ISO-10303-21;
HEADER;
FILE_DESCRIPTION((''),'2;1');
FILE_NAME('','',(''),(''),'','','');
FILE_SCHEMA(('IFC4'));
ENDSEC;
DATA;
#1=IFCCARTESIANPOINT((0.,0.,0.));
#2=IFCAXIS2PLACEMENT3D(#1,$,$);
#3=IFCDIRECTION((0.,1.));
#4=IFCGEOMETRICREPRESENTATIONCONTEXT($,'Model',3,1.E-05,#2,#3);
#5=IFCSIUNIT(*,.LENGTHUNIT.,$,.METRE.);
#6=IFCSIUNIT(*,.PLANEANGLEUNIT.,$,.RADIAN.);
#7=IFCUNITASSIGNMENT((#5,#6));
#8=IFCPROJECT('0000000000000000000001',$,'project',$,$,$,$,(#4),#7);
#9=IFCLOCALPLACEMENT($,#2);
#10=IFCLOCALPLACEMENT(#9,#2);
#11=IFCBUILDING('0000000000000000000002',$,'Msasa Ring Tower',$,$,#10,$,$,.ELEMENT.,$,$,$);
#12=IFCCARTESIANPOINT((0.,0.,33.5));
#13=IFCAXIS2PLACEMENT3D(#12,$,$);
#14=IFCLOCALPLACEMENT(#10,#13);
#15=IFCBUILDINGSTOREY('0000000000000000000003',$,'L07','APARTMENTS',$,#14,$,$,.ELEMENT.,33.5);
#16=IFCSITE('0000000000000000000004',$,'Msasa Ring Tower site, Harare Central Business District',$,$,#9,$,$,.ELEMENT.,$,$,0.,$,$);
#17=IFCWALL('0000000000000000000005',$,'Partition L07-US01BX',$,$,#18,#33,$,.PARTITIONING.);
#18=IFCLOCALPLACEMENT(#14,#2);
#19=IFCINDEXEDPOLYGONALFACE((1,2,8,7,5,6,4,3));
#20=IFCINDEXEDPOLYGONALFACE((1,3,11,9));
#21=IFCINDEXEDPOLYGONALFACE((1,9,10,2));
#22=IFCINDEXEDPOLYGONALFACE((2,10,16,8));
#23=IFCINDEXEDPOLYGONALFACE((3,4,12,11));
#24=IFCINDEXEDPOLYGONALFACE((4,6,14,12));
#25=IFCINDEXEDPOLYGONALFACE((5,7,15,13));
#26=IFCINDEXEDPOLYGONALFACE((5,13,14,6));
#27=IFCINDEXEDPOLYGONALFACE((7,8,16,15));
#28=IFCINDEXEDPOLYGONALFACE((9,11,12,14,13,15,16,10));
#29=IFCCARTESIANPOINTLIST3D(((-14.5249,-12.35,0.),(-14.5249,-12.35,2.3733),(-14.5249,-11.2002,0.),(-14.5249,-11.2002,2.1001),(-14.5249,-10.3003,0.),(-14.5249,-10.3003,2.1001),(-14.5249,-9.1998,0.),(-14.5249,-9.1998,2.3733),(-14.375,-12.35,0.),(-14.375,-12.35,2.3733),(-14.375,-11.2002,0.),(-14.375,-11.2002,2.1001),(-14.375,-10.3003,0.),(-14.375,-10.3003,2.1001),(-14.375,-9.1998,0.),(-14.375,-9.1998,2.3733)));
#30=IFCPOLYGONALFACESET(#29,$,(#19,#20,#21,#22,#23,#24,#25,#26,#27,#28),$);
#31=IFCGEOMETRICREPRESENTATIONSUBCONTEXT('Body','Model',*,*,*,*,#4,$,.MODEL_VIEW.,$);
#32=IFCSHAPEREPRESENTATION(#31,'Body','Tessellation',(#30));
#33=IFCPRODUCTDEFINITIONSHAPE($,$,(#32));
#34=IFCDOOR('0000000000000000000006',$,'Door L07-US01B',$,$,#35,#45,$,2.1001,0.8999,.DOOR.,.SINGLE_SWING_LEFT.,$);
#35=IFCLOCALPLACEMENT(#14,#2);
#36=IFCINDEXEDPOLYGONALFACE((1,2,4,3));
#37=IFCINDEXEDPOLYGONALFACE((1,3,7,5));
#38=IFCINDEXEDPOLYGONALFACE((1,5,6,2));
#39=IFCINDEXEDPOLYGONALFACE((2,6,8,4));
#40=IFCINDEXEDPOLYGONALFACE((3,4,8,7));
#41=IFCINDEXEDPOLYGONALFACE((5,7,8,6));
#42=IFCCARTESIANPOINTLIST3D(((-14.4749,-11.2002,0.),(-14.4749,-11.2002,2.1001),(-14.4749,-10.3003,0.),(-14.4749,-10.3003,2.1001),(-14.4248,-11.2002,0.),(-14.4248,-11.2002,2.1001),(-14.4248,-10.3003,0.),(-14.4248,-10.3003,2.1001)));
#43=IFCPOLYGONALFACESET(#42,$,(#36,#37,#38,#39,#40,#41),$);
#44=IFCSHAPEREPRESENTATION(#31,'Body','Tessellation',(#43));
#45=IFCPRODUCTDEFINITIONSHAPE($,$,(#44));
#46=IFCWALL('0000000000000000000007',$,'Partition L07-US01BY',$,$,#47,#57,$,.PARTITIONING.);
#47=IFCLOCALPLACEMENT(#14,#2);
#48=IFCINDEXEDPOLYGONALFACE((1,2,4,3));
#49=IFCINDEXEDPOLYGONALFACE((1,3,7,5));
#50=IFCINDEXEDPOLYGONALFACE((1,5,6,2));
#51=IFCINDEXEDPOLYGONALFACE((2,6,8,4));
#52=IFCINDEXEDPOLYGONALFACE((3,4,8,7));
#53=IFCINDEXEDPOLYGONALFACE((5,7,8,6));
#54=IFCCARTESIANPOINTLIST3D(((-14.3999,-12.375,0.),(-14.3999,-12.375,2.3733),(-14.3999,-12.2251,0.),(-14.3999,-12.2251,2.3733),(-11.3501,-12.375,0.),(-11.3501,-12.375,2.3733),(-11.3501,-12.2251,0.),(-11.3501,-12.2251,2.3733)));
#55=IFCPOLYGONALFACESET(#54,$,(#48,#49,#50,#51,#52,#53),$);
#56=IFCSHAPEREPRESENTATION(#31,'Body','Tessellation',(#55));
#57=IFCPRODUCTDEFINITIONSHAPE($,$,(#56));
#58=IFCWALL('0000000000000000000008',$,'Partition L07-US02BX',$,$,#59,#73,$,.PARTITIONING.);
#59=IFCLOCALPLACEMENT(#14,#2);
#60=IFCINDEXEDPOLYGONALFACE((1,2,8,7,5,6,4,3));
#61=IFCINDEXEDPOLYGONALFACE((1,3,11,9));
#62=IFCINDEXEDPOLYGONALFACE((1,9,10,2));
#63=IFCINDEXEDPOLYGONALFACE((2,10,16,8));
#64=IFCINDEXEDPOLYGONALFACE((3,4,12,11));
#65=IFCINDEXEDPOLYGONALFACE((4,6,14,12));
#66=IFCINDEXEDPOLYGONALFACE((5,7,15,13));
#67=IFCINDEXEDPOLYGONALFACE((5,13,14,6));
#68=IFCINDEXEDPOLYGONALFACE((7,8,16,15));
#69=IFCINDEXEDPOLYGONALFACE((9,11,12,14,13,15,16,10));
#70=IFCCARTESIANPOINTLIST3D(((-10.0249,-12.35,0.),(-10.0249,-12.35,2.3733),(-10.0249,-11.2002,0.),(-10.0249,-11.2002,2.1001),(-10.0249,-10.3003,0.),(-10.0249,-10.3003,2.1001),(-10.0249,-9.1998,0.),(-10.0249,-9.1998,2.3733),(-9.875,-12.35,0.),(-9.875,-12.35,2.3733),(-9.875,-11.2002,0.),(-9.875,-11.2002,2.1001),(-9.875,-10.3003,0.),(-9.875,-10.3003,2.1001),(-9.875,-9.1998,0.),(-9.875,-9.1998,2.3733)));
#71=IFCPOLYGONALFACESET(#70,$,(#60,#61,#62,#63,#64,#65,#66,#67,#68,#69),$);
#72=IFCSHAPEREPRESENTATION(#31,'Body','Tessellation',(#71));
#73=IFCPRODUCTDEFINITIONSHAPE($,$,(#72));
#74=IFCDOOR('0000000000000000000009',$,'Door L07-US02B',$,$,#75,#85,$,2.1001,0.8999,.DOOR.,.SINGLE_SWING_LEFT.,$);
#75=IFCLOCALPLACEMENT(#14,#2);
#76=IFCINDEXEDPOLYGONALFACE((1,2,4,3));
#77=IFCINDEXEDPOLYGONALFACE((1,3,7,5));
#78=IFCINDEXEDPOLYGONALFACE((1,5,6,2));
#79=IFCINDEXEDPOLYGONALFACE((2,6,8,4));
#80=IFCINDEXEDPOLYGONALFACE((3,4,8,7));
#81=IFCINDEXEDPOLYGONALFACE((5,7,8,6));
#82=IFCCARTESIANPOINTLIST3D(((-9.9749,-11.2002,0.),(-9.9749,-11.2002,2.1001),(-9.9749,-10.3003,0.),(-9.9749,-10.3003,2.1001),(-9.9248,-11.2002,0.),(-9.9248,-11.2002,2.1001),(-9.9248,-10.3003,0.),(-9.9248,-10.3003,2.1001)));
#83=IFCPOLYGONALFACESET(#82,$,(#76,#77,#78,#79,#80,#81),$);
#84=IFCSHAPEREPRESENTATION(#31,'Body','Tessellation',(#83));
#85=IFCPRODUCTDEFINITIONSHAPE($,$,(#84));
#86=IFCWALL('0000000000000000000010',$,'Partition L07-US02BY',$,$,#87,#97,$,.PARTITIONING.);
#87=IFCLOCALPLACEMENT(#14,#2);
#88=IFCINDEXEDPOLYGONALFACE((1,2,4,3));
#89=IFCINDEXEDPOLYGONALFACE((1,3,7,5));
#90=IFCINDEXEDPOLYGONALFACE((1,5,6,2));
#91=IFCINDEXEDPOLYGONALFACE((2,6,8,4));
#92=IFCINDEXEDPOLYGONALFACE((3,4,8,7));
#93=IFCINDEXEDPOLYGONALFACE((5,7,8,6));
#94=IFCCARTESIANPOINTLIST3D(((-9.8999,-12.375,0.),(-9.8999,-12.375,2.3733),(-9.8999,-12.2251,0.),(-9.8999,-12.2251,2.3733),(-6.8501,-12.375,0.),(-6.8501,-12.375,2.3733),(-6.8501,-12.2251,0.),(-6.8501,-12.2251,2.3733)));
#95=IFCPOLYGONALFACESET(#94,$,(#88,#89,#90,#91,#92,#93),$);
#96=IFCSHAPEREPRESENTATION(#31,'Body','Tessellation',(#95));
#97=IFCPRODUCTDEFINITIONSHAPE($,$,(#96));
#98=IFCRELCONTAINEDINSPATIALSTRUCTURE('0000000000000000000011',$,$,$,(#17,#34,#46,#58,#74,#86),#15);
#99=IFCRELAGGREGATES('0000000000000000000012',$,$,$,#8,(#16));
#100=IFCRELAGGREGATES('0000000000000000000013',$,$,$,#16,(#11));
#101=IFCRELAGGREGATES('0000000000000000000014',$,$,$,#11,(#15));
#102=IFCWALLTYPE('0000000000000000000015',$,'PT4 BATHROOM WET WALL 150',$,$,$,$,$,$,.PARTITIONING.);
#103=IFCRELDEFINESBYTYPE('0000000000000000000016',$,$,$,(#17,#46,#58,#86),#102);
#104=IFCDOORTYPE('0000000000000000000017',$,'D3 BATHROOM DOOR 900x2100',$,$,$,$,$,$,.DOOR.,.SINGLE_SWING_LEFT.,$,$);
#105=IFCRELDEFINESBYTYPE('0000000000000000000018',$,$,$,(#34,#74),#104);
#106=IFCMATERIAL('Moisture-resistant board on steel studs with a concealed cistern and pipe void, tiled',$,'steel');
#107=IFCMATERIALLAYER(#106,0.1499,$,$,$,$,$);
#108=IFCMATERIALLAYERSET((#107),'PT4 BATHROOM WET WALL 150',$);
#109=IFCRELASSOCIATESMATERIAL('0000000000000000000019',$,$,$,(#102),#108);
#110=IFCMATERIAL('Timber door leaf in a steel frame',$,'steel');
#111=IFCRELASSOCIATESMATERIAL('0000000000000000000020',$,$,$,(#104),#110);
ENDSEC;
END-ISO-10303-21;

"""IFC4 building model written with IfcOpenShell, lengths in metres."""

from ifc_helpers import new_model, si_unit, direction, frame, frame_2d, origin, place, context, subcontext, project, spatial, rectangle, extrude, material, layer, layer_set, type_object, element, fill, save


model = new_model("IFC4")

# Units and contexts
model_context = context("Model", 3, precision=1e-05, world=origin(), true_north=direction((0.0, 1.0)))
body_context = subcontext(model_context, "Body", "Model", "MODEL_VIEW")
ifc_project = project(units=[si_unit("LENGTHUNIT", "METRE"), si_unit("PLANEANGLEUNIT", "RADIAN")], contexts=[model_context])

# Site, building, storey
site_placement = place(None, origin())
site = spatial("IfcSite", under=ifc_project, at=site_placement, Name="Msasa Ring Tower site, Harare Central Business District", CompositionType="ELEMENT", RefElevation=0.0)
building_placement = place(site_placement, origin())
building = spatial("IfcBuilding", under=site, at=building_placement, Name="Msasa Ring Tower", CompositionType="ELEMENT")
storey_placement = place(building_placement, frame((0.0, 0.0, 33.5)))
storey = spatial("IfcBuildingStorey", under=building, at=storey_placement, Name="L07", Description="APARTMENTS", CompositionType="ELEMENT", Elevation=33.5)

# Wall, opening, door
ifc_material_1 = material(Name="Moisture-resistant board on steel studs with a concealed cistern and pipe void, tiled", Category="steel")
ifc_layer_1 = layer(ifc_material_1, 0.1499)
ifc_layer_set_1 = layer_set([ifc_layer_1], Name="PT4 BATHROOM WET WALL 150")
wall_type_1 = type_object("IfcWallType", Name="PT4 BATHROOM WET WALL 150", PredefinedType="PARTITIONING", material=ifc_layer_set_1)
wall_1_placement = place(storey_placement, frame((-14.45, -12.3501, 0.0), z_axis=(0.0, 0.0, 1.0), x_axis=(0.0, 1.0, 0.0)))
wall_1 = element("IfcWall", 1, at=wall_1_placement, inside=storey, type_object=wall_type_1, Name="Partition L07-US01BX", PredefinedType="PARTITIONING", context=body_context, shape_type="SweptSolid", body=[
    extrude(rectangle(XDim=3.1501, YDim=0.1499, at=frame_2d((1.5752, 0.0))), origin(), (0.0, 0.0, 1.0), 2.3733),
])
opening_1_placement = place(wall_1_placement, frame((1.1499, 0.0, 0.0)))
opening_1 = element("IfcOpeningElement", 2, at=opening_1_placement, cuts=wall_1, PredefinedType="OPENING", context=body_context, shape_type="SweptSolid", body=[
    extrude(rectangle(XDim=0.8999, YDim=2.1001, at=frame_2d((0.45, 1.05))), frame((0.0, 0.085, 0.0), z_axis=(0.0, -1.0, 0.0), x_axis=(1.0, 0.0, 0.0)), (0.0, 0.0, 1.0), 0.1699),
])
ifc_material_2 = material(Name="Timber door leaf in a steel frame", Category="steel")
door_type_1 = type_object("IfcDoorType", Name="D3 BATHROOM DOOR 900x2100", OperationType="SINGLE_SWING_LEFT", PredefinedType="DOOR", material=ifc_material_2)
door_1_placement = place(opening_1_placement, origin())
door_1 = element("IfcDoor", 3, at=door_1_placement, inside=storey, type_object=door_type_1, Name="Door L07-US01B", OperationType="SINGLE_SWING_LEFT", OverallHeight=2.1001, OverallWidth=0.8999, PredefinedType="DOOR", context=body_context, shape_type="SweptSolid", body=[
    extrude(rectangle(XDim=0.8999, YDim=2.1001, at=frame_2d((0.45, 1.05))), frame((0.0, 0.0249, 0.0), z_axis=(0.0, -1.0, 0.0), x_axis=(1.0, 0.0, 0.0)), (0.0, 0.0, 1.0), 0.05),
])
fill(opening_1, door_1)

# Wall
wall_2_placement = place(storey_placement, frame((-14.3999, -12.3, 0.0), z_axis=(0.0, 0.0, 1.0), x_axis=(1.0, 0.0, 0.0)))
element("IfcWall", 4, at=wall_2_placement, inside=storey, type_object=wall_type_1, Name="Partition L07-US01BY", PredefinedType="PARTITIONING", context=body_context, shape_type="SweptSolid", body=[
    extrude(rectangle(XDim=3.0498, YDim=0.1499, at=frame_2d((1.5249, 0.0))), origin(), (0.0, 0.0, 1.0), 2.3733),
])

# Wall, opening, door
wall_3_placement = place(storey_placement, frame((-9.95, -12.3501, 0.0), z_axis=(0.0, 0.0, 1.0), x_axis=(0.0, 1.0, 0.0)))
wall_3 = element("IfcWall", 5, at=wall_3_placement, inside=storey, type_object=wall_type_1, Name="Partition L07-US02BX", PredefinedType="PARTITIONING", context=body_context, shape_type="SweptSolid", body=[
    extrude(rectangle(XDim=3.1501, YDim=0.1499, at=frame_2d((1.5752, 0.0))), origin(), (0.0, 0.0, 1.0), 2.3733),
])
opening_2_placement = place(wall_3_placement, frame((1.1499, 0.0, 0.0)))
opening_2 = element("IfcOpeningElement", 6, at=opening_2_placement, cuts=wall_3, PredefinedType="OPENING", context=body_context, shape_type="SweptSolid", body=[
    extrude(rectangle(XDim=0.8999, YDim=2.1001, at=frame_2d((0.45, 1.05))), frame((0.0, 0.085, 0.0), z_axis=(0.0, -1.0, 0.0), x_axis=(1.0, 0.0, 0.0)), (0.0, 0.0, 1.0), 0.1699),
])
door_2_placement = place(opening_2_placement, origin())
door_2 = element("IfcDoor", 7, at=door_2_placement, inside=storey, type_object=door_type_1, Name="Door L07-US02B", OperationType="SINGLE_SWING_LEFT", OverallHeight=2.1001, OverallWidth=0.8999, PredefinedType="DOOR", context=body_context, shape_type="SweptSolid", body=[
    extrude(rectangle(XDim=0.8999, YDim=2.1001, at=frame_2d((0.45, 1.05))), frame((0.0, 0.0249, 0.0), z_axis=(0.0, -1.0, 0.0), x_axis=(1.0, 0.0, 0.0)), (0.0, 0.0, 1.0), 0.05),
])
fill(opening_2, door_2)

# Wall
wall_4_placement = place(storey_placement, frame((-9.8999, -12.3, 0.0), z_axis=(0.0, 0.0, 1.0), x_axis=(1.0, 0.0, 0.0)))
element("IfcWall", 8, at=wall_4_placement, inside=storey, type_object=wall_type_1, Name="Partition L07-US02BY", PredefinedType="PARTITIONING", context=body_context, shape_type="SweptSolid", body=[
    extrude(rectangle(XDim=3.0498, YDim=0.1499, at=frame_2d((1.5249, 0.0))), origin(), (0.0, 0.0, 1.0), 2.3733),
])

save(model, "model.ifc")
